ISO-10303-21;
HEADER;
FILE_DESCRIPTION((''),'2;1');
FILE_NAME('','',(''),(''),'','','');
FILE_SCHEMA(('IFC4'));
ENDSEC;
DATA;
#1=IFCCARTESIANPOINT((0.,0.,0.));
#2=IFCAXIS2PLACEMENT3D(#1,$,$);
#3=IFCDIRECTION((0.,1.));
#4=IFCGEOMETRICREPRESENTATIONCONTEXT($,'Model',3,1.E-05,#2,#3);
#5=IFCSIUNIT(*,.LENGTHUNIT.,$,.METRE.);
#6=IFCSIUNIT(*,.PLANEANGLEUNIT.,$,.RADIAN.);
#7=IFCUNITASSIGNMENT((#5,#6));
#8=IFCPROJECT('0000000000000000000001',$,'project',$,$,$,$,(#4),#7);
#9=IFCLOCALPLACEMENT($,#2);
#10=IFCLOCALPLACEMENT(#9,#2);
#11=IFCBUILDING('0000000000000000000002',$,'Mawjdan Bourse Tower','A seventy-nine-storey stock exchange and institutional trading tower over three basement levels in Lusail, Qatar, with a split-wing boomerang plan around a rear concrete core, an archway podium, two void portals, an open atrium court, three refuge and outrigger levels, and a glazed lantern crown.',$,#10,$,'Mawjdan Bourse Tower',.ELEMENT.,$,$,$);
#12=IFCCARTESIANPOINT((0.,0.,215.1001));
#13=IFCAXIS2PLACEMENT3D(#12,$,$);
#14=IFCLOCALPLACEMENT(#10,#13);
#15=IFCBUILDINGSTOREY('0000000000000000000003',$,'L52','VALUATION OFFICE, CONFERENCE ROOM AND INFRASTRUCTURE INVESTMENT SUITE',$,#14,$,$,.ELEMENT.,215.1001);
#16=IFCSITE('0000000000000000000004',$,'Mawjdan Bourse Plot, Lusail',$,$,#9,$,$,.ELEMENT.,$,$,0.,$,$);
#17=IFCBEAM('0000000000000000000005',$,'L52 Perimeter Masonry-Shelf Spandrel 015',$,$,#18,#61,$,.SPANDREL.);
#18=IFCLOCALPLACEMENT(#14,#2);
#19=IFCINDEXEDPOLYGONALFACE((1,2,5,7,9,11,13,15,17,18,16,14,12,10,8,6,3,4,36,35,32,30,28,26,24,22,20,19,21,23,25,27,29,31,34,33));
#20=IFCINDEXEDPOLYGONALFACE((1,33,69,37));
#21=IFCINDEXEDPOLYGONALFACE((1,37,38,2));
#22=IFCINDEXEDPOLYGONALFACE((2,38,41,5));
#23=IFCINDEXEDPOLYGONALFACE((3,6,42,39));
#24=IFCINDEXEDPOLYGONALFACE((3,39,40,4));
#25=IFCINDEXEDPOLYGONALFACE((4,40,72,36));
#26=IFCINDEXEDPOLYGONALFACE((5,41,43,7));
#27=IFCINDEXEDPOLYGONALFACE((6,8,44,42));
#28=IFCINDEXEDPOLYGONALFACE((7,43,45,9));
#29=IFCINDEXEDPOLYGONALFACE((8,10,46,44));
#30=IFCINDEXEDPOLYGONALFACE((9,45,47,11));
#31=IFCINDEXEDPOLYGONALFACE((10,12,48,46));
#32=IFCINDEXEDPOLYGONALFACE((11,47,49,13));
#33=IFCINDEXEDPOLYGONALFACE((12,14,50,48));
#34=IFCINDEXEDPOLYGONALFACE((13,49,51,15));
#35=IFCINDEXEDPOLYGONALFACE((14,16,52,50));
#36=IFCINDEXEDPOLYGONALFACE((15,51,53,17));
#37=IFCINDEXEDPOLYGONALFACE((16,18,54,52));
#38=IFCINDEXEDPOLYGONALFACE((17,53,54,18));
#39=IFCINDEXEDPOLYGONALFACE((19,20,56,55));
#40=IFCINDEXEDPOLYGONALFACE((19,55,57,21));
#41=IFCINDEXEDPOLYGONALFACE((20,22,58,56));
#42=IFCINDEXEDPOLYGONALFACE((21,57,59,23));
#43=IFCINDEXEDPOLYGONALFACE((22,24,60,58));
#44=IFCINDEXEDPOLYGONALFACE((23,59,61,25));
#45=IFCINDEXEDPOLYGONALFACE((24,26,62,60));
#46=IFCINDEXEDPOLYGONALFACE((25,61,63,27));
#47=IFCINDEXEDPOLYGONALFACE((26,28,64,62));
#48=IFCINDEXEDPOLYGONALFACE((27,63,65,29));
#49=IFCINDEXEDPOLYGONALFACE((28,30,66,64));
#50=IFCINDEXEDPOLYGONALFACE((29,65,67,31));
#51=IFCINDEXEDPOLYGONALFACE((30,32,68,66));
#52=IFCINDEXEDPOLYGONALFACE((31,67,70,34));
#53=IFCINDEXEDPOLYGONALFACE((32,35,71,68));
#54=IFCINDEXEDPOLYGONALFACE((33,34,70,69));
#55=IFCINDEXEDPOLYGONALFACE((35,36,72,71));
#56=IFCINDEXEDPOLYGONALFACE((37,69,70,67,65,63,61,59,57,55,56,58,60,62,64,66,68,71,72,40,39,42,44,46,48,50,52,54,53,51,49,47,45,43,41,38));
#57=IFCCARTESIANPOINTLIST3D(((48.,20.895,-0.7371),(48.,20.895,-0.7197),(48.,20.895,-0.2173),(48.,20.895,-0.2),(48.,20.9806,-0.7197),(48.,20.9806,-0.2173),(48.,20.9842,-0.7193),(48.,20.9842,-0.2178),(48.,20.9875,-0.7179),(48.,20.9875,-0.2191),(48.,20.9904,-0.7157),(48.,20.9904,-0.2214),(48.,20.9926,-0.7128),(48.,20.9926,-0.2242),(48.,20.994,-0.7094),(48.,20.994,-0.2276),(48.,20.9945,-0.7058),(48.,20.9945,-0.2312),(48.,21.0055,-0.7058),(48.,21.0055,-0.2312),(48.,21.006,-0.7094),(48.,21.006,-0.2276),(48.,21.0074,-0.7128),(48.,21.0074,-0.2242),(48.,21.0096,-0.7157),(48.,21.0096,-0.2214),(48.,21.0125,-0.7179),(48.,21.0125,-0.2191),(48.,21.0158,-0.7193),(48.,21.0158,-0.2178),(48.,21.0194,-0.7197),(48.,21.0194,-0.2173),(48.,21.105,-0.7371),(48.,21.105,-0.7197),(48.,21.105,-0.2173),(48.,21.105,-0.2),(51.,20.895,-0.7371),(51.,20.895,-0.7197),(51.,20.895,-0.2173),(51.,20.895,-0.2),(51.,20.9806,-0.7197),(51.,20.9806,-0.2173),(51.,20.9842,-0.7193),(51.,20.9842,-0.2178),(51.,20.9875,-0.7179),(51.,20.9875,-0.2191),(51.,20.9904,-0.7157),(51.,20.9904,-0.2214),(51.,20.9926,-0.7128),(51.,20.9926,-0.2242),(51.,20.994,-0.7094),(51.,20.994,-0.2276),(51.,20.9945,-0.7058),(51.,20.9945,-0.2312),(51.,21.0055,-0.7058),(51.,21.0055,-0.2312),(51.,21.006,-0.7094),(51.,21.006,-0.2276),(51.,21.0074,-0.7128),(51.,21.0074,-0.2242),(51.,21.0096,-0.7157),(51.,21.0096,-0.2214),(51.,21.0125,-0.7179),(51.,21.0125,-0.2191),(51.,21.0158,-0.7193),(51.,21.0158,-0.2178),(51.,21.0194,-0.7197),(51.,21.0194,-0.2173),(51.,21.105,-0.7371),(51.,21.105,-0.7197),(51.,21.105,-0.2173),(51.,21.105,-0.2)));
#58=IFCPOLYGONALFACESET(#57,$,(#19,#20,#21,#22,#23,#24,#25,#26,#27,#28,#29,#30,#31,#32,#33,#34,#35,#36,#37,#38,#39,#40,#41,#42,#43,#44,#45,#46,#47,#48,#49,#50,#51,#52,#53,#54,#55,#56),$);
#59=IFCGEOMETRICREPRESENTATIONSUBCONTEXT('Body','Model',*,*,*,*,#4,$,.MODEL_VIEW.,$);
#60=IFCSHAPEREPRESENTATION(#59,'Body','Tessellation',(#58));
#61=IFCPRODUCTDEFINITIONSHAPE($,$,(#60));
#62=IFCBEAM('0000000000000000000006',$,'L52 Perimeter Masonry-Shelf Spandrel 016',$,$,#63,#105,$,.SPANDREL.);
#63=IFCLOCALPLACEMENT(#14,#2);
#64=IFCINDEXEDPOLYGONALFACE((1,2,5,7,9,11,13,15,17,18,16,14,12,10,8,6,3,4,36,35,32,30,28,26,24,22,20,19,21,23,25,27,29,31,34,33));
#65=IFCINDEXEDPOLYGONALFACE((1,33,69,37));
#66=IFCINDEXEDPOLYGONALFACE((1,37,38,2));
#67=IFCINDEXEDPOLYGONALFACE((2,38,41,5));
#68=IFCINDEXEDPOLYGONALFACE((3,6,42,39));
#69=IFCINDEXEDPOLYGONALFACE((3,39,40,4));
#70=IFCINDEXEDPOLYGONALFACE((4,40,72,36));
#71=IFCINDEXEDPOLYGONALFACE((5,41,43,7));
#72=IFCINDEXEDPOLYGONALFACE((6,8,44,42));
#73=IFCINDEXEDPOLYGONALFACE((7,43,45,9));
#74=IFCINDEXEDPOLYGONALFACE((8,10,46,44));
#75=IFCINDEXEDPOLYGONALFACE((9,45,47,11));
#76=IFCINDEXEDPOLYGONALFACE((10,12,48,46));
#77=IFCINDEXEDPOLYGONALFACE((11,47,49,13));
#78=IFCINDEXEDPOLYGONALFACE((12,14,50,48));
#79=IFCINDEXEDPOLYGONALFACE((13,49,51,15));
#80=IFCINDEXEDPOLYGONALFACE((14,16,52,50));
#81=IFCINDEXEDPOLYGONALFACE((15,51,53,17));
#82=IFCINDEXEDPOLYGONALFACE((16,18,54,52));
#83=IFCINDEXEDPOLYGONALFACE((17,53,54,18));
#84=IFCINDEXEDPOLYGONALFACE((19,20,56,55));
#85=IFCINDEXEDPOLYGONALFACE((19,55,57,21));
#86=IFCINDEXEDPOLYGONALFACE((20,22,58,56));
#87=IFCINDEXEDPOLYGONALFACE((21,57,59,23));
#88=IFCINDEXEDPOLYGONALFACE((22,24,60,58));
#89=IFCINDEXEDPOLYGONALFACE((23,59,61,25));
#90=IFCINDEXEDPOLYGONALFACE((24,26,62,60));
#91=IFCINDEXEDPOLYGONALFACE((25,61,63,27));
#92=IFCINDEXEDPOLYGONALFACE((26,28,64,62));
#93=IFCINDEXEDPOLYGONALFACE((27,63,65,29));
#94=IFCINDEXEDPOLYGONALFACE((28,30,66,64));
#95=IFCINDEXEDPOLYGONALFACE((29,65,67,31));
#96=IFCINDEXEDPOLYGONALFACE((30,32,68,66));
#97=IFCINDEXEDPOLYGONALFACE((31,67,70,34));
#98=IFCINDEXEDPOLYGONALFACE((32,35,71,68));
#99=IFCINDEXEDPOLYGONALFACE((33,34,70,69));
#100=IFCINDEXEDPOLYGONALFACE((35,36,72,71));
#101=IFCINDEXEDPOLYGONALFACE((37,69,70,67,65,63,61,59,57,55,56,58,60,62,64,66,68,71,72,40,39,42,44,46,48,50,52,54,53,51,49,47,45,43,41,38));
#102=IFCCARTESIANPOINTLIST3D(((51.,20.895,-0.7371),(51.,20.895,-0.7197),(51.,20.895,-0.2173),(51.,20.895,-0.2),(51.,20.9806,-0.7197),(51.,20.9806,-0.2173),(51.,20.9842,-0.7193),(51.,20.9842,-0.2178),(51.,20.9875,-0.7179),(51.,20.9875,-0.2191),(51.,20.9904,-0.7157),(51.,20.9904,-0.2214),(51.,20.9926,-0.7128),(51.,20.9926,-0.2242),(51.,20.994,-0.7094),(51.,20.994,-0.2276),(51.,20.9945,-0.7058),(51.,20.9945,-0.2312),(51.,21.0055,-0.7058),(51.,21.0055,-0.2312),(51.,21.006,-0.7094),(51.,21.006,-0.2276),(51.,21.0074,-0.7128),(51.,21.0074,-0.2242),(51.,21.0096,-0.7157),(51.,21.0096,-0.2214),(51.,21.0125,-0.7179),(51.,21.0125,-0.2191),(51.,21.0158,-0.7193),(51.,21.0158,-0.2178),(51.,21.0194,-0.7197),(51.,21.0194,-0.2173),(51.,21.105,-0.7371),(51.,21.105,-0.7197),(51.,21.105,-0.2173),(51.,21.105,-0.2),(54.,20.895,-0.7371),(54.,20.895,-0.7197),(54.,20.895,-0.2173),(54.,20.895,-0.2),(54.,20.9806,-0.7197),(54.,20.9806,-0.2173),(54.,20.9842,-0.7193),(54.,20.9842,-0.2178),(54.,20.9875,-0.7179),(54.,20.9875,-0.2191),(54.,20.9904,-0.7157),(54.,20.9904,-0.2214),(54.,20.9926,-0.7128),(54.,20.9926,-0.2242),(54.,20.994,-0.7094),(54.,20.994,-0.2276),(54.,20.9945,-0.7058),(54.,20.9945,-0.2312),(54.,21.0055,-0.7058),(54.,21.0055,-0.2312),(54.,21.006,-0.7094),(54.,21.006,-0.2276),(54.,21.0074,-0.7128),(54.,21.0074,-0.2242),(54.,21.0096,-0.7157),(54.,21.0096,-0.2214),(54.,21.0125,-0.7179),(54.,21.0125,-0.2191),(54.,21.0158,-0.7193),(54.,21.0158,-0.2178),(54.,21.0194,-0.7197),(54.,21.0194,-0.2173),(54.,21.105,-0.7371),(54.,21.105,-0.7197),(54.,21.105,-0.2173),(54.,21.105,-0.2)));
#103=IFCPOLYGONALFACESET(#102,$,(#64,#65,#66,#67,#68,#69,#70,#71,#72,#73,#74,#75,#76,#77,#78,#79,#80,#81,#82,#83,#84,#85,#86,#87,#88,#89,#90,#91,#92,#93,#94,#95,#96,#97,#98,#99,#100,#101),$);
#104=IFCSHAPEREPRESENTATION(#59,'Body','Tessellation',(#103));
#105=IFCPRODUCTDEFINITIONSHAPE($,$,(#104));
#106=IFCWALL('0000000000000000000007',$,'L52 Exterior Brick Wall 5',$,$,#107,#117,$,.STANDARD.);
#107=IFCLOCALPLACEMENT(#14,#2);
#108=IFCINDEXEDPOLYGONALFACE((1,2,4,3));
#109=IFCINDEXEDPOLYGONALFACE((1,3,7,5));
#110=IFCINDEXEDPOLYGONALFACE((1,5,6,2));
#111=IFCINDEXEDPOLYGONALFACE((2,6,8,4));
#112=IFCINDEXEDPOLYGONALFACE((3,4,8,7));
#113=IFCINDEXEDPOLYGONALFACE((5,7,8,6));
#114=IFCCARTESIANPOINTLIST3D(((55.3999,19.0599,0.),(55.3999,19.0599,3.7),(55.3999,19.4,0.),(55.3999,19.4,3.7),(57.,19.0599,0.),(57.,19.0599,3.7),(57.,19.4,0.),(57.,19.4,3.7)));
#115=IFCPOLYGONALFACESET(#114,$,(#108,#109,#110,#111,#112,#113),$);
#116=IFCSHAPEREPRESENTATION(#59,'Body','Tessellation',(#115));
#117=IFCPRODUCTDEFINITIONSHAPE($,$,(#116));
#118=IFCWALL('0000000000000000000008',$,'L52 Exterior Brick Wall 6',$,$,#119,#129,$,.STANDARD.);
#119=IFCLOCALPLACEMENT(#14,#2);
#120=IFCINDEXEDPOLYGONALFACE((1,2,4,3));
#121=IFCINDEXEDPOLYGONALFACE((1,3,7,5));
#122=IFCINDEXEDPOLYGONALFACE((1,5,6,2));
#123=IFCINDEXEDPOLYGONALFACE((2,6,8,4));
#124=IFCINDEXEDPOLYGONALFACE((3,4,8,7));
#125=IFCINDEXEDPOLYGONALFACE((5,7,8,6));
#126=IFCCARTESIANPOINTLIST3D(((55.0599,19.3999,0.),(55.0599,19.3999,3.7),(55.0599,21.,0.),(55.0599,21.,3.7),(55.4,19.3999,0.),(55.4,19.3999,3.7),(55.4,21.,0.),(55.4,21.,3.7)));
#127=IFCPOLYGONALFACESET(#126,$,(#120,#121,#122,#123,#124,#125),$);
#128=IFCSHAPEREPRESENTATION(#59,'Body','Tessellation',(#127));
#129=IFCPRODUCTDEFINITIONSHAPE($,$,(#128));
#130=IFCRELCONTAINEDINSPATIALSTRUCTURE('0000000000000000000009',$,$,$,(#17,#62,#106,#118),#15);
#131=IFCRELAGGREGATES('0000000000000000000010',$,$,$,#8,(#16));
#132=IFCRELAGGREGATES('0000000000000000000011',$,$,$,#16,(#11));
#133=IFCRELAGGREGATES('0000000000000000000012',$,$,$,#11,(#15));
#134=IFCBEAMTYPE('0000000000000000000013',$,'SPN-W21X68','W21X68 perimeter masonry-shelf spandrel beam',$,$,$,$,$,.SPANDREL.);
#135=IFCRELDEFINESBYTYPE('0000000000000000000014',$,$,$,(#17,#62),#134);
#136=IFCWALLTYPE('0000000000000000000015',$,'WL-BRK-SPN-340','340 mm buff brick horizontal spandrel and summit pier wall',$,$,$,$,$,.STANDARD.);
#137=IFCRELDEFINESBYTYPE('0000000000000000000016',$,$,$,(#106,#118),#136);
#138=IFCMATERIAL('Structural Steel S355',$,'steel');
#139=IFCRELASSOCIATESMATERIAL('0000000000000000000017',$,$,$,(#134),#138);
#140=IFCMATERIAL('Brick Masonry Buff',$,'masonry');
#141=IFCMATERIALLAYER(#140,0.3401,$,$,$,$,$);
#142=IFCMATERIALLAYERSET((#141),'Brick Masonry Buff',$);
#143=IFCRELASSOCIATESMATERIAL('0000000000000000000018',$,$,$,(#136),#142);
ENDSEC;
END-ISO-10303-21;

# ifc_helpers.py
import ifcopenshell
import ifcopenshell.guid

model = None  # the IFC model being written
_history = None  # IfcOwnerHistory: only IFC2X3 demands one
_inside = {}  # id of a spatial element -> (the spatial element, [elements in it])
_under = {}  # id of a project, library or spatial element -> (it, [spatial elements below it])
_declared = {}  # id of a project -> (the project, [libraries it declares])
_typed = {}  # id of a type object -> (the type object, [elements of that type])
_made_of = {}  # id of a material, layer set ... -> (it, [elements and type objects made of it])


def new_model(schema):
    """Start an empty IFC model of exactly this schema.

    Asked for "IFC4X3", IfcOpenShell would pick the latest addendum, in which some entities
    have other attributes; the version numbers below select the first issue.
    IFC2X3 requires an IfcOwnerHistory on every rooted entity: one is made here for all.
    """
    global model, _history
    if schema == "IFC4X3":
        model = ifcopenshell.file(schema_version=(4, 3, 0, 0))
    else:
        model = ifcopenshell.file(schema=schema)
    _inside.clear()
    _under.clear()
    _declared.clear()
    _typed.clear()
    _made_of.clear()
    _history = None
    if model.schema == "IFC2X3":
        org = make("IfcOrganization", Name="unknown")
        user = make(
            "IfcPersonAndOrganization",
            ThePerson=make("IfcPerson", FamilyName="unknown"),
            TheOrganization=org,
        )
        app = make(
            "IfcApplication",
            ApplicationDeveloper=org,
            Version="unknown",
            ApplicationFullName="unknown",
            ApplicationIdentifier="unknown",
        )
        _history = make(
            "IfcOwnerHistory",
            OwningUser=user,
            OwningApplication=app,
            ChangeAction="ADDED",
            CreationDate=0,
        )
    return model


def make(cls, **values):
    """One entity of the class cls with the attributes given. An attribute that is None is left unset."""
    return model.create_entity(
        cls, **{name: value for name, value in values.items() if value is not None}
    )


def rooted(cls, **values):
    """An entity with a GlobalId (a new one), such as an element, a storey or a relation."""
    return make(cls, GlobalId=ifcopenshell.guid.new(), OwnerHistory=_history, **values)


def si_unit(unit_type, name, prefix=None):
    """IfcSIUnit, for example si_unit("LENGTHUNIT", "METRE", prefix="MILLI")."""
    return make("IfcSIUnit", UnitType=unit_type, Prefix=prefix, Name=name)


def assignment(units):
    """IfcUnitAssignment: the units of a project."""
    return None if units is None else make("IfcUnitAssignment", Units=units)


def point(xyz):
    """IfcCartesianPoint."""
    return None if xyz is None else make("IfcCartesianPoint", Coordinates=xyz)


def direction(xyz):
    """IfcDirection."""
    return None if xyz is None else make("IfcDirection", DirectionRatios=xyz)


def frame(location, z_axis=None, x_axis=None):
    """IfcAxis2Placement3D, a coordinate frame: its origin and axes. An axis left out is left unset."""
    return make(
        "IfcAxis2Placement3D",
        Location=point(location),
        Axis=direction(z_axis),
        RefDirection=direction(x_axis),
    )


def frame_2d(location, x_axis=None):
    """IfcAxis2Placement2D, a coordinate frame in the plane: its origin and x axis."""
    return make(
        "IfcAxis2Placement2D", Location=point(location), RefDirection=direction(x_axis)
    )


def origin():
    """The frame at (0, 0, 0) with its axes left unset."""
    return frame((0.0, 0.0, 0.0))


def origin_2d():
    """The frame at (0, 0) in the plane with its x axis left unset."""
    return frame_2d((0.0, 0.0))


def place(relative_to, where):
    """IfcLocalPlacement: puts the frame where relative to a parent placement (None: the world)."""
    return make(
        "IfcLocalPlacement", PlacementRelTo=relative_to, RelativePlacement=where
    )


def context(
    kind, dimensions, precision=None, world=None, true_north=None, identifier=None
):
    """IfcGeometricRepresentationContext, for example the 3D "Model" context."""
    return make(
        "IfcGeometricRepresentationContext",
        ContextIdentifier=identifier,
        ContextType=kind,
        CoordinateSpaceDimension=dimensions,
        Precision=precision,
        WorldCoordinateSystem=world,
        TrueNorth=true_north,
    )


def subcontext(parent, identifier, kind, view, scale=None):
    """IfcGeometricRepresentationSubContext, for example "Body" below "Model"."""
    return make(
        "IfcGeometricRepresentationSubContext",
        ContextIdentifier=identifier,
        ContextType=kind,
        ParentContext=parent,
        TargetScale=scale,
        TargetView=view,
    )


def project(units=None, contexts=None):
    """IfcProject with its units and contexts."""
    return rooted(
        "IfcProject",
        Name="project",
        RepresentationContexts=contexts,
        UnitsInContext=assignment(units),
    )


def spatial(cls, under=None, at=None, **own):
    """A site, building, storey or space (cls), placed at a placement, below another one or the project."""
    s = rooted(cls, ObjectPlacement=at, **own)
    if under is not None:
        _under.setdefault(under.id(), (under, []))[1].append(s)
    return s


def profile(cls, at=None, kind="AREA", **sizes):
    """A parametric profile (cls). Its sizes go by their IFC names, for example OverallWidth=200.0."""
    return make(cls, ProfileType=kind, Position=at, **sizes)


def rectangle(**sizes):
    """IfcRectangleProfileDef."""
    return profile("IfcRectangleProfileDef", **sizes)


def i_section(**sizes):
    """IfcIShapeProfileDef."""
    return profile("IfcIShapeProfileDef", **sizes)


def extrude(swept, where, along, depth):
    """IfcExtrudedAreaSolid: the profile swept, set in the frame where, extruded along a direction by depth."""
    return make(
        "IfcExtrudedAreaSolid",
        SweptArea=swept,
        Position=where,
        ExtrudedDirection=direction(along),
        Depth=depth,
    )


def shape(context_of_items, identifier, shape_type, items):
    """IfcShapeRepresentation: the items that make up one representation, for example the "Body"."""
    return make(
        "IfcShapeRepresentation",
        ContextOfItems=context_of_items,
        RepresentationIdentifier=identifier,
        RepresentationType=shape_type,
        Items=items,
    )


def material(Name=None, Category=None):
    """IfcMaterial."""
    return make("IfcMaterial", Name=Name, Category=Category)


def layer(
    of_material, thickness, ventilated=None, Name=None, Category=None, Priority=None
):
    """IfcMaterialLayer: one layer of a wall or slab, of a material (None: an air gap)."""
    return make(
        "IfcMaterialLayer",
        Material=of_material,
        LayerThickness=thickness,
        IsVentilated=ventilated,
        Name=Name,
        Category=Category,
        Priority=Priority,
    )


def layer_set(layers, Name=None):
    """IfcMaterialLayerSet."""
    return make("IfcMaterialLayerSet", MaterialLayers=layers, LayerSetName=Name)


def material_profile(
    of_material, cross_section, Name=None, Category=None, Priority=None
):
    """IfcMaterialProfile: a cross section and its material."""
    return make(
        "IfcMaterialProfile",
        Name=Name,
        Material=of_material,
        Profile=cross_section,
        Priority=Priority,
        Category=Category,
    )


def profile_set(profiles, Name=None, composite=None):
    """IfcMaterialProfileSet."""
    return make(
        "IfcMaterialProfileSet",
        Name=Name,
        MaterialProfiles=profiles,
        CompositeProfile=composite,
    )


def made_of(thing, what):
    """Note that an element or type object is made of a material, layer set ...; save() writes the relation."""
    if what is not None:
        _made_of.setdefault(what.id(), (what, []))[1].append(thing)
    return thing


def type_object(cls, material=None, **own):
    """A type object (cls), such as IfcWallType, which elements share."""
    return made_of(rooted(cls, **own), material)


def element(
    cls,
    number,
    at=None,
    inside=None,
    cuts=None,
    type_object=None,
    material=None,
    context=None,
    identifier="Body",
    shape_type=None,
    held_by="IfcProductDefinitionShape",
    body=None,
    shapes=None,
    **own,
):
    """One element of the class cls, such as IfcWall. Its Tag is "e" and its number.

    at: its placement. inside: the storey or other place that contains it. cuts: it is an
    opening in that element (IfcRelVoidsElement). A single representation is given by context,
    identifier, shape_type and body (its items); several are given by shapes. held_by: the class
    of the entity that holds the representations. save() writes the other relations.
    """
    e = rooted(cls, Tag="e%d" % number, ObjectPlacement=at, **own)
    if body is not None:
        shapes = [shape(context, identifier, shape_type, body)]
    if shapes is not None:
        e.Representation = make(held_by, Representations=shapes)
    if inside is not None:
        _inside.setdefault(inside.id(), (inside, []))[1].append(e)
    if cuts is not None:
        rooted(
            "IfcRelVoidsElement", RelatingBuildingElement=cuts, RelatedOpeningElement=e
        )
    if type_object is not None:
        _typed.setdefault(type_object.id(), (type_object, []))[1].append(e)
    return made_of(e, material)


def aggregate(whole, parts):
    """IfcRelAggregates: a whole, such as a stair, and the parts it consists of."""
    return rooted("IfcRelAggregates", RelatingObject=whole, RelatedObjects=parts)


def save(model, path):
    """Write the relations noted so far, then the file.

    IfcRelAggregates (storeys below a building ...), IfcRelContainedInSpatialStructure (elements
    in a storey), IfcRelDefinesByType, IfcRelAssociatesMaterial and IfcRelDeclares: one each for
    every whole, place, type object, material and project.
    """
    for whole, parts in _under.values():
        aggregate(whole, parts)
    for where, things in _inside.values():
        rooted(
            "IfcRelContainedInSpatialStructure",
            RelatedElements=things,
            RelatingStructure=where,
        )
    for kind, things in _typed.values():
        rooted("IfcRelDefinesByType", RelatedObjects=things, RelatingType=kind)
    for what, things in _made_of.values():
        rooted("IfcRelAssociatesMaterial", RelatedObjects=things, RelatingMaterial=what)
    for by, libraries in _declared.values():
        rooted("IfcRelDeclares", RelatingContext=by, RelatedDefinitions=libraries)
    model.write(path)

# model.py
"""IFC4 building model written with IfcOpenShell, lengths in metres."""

from ifc_helpers import new_model, si_unit, direction, frame, frame_2d, origin, origin_2d, place, context, subcontext, project, spatial, rectangle, i_section, extrude, material, layer, layer_set, material_profile, profile_set, type_object, element, save


model = new_model("IFC4")

# Units and contexts
model_context = context("Model", 3, precision=1e-05, world=origin(), true_north=direction((0.0, 1.0)))
body_context = subcontext(model_context, "Body", "Model", "MODEL_VIEW")
ifc_project = project(units=[si_unit("LENGTHUNIT", "METRE"), si_unit("PLANEANGLEUNIT", "RADIAN")], contexts=[model_context])

# Site, building, storey
site_placement = place(None, origin())
site = spatial("IfcSite", under=ifc_project, at=site_placement, Name="Mawjdan Bourse Plot, Lusail", CompositionType="ELEMENT", RefElevation=0.0)
building_placement = place(site_placement, origin())
building = spatial("IfcBuilding", under=site, at=building_placement, Name="Mawjdan Bourse Tower", Description="A seventy-nine-storey stock exchange and institutional trading tower over three basement levels in Lusail, Qatar, with a split-wing boomerang plan around a rear concrete core, an archway podium, two void portals, an open atrium court, three refuge and outrigger levels, and a glazed lantern crown.", LongName="Mawjdan Bourse Tower", CompositionType="ELEMENT")
storey_placement = place(building_placement, frame((0.0, 0.0, 215.1001)))
storey = spatial("IfcBuildingStorey", under=building, at=storey_placement, Name="L52", Description="VALUATION OFFICE, CONFERENCE ROOM AND INFRASTRUCTURE INVESTMENT SUITE", CompositionType="ELEMENT", Elevation=215.1001)

# Beams
ifc_material_1 = material(Name="Structural Steel S355", Category="steel")
ifc_material_profile_1 = material_profile(ifc_material_1, i_section(OverallWidth=0.21, OverallDepth=0.5371, WebThickness=0.011, FlangeThickness=0.0173, FilletRadius=0.0139, at=origin_2d()), Name="W21X68")
ifc_profile_set_1 = profile_set([ifc_material_profile_1], Name="Structural Steel S355")
beam_type_1 = type_object("IfcBeamType", Name="SPN-W21X68", Description="W21X68 perimeter masonry-shelf spandrel beam", PredefinedType="SPANDREL", material=ifc_profile_set_1)
for number, where, z_axis, x_axis, name in (
    (1, (48.0, 21.0, -0.4685), (1.0, 0.0, 0.0), (0.0, 1.0, 0.0), "L52 Perimeter Masonry-Shelf Spandrel 015"),
    (2, (51.0, 21.0, -0.4685), (1.0, 0.0, 0.0), (0.0, 1.0, 0.0), "L52 Perimeter Masonry-Shelf Spandrel 016"),
):
    element("IfcBeam", number, at=place(storey_placement, frame(where, z_axis=z_axis, x_axis=x_axis)), inside=storey, type_object=beam_type_1, Name=name, PredefinedType="SPANDREL", context=body_context, shape_type="SweptSolid", body=[
        extrude(i_section(OverallWidth=0.21, OverallDepth=0.5371, WebThickness=0.011, FlangeThickness=0.0173, FilletRadius=0.0139, at=origin_2d()), origin(), (0.0, 0.0, 1.0), 3.0),
    ])

# Walls
ifc_material_2 = material(Name="Brick Masonry Buff", Category="masonry")
ifc_layer_1 = layer(ifc_material_2, 0.3401)
ifc_layer_set_1 = layer_set([ifc_layer_1], Name="Brick Masonry Buff")
wall_type_1 = type_object("IfcWallType", Name="WL-BRK-SPN-340", Description="340 mm buff brick horizontal spandrel and summit pier wall", PredefinedType="STANDARD", material=ifc_layer_set_1)
for number, where, z_axis, x_axis, name in (
    (3, (57.0, 19.23, 0.0), (0.0, 0.0, 1.0), (-1.0, 0.0, 0.0), "L52 Exterior Brick Wall 5"),
    (4, (55.23, 19.3999, 0.0), (0.0, 0.0, 1.0), (0.0, 1.0, 0.0), "L52 Exterior Brick Wall 6"),
):
    element("IfcWall", number, at=place(storey_placement, frame(where, z_axis=z_axis, x_axis=x_axis)), inside=storey, type_object=wall_type_1, Name=name, PredefinedType="STANDARD", context=body_context, shape_type="SweptSolid", body=[
        extrude(rectangle(XDim=1.6001, YDim=0.3401, at=frame_2d((0.8, 0.0))), origin(), (0.0, 0.0, 1.0), 3.7),
    ])

save(model, "model.ifc")
